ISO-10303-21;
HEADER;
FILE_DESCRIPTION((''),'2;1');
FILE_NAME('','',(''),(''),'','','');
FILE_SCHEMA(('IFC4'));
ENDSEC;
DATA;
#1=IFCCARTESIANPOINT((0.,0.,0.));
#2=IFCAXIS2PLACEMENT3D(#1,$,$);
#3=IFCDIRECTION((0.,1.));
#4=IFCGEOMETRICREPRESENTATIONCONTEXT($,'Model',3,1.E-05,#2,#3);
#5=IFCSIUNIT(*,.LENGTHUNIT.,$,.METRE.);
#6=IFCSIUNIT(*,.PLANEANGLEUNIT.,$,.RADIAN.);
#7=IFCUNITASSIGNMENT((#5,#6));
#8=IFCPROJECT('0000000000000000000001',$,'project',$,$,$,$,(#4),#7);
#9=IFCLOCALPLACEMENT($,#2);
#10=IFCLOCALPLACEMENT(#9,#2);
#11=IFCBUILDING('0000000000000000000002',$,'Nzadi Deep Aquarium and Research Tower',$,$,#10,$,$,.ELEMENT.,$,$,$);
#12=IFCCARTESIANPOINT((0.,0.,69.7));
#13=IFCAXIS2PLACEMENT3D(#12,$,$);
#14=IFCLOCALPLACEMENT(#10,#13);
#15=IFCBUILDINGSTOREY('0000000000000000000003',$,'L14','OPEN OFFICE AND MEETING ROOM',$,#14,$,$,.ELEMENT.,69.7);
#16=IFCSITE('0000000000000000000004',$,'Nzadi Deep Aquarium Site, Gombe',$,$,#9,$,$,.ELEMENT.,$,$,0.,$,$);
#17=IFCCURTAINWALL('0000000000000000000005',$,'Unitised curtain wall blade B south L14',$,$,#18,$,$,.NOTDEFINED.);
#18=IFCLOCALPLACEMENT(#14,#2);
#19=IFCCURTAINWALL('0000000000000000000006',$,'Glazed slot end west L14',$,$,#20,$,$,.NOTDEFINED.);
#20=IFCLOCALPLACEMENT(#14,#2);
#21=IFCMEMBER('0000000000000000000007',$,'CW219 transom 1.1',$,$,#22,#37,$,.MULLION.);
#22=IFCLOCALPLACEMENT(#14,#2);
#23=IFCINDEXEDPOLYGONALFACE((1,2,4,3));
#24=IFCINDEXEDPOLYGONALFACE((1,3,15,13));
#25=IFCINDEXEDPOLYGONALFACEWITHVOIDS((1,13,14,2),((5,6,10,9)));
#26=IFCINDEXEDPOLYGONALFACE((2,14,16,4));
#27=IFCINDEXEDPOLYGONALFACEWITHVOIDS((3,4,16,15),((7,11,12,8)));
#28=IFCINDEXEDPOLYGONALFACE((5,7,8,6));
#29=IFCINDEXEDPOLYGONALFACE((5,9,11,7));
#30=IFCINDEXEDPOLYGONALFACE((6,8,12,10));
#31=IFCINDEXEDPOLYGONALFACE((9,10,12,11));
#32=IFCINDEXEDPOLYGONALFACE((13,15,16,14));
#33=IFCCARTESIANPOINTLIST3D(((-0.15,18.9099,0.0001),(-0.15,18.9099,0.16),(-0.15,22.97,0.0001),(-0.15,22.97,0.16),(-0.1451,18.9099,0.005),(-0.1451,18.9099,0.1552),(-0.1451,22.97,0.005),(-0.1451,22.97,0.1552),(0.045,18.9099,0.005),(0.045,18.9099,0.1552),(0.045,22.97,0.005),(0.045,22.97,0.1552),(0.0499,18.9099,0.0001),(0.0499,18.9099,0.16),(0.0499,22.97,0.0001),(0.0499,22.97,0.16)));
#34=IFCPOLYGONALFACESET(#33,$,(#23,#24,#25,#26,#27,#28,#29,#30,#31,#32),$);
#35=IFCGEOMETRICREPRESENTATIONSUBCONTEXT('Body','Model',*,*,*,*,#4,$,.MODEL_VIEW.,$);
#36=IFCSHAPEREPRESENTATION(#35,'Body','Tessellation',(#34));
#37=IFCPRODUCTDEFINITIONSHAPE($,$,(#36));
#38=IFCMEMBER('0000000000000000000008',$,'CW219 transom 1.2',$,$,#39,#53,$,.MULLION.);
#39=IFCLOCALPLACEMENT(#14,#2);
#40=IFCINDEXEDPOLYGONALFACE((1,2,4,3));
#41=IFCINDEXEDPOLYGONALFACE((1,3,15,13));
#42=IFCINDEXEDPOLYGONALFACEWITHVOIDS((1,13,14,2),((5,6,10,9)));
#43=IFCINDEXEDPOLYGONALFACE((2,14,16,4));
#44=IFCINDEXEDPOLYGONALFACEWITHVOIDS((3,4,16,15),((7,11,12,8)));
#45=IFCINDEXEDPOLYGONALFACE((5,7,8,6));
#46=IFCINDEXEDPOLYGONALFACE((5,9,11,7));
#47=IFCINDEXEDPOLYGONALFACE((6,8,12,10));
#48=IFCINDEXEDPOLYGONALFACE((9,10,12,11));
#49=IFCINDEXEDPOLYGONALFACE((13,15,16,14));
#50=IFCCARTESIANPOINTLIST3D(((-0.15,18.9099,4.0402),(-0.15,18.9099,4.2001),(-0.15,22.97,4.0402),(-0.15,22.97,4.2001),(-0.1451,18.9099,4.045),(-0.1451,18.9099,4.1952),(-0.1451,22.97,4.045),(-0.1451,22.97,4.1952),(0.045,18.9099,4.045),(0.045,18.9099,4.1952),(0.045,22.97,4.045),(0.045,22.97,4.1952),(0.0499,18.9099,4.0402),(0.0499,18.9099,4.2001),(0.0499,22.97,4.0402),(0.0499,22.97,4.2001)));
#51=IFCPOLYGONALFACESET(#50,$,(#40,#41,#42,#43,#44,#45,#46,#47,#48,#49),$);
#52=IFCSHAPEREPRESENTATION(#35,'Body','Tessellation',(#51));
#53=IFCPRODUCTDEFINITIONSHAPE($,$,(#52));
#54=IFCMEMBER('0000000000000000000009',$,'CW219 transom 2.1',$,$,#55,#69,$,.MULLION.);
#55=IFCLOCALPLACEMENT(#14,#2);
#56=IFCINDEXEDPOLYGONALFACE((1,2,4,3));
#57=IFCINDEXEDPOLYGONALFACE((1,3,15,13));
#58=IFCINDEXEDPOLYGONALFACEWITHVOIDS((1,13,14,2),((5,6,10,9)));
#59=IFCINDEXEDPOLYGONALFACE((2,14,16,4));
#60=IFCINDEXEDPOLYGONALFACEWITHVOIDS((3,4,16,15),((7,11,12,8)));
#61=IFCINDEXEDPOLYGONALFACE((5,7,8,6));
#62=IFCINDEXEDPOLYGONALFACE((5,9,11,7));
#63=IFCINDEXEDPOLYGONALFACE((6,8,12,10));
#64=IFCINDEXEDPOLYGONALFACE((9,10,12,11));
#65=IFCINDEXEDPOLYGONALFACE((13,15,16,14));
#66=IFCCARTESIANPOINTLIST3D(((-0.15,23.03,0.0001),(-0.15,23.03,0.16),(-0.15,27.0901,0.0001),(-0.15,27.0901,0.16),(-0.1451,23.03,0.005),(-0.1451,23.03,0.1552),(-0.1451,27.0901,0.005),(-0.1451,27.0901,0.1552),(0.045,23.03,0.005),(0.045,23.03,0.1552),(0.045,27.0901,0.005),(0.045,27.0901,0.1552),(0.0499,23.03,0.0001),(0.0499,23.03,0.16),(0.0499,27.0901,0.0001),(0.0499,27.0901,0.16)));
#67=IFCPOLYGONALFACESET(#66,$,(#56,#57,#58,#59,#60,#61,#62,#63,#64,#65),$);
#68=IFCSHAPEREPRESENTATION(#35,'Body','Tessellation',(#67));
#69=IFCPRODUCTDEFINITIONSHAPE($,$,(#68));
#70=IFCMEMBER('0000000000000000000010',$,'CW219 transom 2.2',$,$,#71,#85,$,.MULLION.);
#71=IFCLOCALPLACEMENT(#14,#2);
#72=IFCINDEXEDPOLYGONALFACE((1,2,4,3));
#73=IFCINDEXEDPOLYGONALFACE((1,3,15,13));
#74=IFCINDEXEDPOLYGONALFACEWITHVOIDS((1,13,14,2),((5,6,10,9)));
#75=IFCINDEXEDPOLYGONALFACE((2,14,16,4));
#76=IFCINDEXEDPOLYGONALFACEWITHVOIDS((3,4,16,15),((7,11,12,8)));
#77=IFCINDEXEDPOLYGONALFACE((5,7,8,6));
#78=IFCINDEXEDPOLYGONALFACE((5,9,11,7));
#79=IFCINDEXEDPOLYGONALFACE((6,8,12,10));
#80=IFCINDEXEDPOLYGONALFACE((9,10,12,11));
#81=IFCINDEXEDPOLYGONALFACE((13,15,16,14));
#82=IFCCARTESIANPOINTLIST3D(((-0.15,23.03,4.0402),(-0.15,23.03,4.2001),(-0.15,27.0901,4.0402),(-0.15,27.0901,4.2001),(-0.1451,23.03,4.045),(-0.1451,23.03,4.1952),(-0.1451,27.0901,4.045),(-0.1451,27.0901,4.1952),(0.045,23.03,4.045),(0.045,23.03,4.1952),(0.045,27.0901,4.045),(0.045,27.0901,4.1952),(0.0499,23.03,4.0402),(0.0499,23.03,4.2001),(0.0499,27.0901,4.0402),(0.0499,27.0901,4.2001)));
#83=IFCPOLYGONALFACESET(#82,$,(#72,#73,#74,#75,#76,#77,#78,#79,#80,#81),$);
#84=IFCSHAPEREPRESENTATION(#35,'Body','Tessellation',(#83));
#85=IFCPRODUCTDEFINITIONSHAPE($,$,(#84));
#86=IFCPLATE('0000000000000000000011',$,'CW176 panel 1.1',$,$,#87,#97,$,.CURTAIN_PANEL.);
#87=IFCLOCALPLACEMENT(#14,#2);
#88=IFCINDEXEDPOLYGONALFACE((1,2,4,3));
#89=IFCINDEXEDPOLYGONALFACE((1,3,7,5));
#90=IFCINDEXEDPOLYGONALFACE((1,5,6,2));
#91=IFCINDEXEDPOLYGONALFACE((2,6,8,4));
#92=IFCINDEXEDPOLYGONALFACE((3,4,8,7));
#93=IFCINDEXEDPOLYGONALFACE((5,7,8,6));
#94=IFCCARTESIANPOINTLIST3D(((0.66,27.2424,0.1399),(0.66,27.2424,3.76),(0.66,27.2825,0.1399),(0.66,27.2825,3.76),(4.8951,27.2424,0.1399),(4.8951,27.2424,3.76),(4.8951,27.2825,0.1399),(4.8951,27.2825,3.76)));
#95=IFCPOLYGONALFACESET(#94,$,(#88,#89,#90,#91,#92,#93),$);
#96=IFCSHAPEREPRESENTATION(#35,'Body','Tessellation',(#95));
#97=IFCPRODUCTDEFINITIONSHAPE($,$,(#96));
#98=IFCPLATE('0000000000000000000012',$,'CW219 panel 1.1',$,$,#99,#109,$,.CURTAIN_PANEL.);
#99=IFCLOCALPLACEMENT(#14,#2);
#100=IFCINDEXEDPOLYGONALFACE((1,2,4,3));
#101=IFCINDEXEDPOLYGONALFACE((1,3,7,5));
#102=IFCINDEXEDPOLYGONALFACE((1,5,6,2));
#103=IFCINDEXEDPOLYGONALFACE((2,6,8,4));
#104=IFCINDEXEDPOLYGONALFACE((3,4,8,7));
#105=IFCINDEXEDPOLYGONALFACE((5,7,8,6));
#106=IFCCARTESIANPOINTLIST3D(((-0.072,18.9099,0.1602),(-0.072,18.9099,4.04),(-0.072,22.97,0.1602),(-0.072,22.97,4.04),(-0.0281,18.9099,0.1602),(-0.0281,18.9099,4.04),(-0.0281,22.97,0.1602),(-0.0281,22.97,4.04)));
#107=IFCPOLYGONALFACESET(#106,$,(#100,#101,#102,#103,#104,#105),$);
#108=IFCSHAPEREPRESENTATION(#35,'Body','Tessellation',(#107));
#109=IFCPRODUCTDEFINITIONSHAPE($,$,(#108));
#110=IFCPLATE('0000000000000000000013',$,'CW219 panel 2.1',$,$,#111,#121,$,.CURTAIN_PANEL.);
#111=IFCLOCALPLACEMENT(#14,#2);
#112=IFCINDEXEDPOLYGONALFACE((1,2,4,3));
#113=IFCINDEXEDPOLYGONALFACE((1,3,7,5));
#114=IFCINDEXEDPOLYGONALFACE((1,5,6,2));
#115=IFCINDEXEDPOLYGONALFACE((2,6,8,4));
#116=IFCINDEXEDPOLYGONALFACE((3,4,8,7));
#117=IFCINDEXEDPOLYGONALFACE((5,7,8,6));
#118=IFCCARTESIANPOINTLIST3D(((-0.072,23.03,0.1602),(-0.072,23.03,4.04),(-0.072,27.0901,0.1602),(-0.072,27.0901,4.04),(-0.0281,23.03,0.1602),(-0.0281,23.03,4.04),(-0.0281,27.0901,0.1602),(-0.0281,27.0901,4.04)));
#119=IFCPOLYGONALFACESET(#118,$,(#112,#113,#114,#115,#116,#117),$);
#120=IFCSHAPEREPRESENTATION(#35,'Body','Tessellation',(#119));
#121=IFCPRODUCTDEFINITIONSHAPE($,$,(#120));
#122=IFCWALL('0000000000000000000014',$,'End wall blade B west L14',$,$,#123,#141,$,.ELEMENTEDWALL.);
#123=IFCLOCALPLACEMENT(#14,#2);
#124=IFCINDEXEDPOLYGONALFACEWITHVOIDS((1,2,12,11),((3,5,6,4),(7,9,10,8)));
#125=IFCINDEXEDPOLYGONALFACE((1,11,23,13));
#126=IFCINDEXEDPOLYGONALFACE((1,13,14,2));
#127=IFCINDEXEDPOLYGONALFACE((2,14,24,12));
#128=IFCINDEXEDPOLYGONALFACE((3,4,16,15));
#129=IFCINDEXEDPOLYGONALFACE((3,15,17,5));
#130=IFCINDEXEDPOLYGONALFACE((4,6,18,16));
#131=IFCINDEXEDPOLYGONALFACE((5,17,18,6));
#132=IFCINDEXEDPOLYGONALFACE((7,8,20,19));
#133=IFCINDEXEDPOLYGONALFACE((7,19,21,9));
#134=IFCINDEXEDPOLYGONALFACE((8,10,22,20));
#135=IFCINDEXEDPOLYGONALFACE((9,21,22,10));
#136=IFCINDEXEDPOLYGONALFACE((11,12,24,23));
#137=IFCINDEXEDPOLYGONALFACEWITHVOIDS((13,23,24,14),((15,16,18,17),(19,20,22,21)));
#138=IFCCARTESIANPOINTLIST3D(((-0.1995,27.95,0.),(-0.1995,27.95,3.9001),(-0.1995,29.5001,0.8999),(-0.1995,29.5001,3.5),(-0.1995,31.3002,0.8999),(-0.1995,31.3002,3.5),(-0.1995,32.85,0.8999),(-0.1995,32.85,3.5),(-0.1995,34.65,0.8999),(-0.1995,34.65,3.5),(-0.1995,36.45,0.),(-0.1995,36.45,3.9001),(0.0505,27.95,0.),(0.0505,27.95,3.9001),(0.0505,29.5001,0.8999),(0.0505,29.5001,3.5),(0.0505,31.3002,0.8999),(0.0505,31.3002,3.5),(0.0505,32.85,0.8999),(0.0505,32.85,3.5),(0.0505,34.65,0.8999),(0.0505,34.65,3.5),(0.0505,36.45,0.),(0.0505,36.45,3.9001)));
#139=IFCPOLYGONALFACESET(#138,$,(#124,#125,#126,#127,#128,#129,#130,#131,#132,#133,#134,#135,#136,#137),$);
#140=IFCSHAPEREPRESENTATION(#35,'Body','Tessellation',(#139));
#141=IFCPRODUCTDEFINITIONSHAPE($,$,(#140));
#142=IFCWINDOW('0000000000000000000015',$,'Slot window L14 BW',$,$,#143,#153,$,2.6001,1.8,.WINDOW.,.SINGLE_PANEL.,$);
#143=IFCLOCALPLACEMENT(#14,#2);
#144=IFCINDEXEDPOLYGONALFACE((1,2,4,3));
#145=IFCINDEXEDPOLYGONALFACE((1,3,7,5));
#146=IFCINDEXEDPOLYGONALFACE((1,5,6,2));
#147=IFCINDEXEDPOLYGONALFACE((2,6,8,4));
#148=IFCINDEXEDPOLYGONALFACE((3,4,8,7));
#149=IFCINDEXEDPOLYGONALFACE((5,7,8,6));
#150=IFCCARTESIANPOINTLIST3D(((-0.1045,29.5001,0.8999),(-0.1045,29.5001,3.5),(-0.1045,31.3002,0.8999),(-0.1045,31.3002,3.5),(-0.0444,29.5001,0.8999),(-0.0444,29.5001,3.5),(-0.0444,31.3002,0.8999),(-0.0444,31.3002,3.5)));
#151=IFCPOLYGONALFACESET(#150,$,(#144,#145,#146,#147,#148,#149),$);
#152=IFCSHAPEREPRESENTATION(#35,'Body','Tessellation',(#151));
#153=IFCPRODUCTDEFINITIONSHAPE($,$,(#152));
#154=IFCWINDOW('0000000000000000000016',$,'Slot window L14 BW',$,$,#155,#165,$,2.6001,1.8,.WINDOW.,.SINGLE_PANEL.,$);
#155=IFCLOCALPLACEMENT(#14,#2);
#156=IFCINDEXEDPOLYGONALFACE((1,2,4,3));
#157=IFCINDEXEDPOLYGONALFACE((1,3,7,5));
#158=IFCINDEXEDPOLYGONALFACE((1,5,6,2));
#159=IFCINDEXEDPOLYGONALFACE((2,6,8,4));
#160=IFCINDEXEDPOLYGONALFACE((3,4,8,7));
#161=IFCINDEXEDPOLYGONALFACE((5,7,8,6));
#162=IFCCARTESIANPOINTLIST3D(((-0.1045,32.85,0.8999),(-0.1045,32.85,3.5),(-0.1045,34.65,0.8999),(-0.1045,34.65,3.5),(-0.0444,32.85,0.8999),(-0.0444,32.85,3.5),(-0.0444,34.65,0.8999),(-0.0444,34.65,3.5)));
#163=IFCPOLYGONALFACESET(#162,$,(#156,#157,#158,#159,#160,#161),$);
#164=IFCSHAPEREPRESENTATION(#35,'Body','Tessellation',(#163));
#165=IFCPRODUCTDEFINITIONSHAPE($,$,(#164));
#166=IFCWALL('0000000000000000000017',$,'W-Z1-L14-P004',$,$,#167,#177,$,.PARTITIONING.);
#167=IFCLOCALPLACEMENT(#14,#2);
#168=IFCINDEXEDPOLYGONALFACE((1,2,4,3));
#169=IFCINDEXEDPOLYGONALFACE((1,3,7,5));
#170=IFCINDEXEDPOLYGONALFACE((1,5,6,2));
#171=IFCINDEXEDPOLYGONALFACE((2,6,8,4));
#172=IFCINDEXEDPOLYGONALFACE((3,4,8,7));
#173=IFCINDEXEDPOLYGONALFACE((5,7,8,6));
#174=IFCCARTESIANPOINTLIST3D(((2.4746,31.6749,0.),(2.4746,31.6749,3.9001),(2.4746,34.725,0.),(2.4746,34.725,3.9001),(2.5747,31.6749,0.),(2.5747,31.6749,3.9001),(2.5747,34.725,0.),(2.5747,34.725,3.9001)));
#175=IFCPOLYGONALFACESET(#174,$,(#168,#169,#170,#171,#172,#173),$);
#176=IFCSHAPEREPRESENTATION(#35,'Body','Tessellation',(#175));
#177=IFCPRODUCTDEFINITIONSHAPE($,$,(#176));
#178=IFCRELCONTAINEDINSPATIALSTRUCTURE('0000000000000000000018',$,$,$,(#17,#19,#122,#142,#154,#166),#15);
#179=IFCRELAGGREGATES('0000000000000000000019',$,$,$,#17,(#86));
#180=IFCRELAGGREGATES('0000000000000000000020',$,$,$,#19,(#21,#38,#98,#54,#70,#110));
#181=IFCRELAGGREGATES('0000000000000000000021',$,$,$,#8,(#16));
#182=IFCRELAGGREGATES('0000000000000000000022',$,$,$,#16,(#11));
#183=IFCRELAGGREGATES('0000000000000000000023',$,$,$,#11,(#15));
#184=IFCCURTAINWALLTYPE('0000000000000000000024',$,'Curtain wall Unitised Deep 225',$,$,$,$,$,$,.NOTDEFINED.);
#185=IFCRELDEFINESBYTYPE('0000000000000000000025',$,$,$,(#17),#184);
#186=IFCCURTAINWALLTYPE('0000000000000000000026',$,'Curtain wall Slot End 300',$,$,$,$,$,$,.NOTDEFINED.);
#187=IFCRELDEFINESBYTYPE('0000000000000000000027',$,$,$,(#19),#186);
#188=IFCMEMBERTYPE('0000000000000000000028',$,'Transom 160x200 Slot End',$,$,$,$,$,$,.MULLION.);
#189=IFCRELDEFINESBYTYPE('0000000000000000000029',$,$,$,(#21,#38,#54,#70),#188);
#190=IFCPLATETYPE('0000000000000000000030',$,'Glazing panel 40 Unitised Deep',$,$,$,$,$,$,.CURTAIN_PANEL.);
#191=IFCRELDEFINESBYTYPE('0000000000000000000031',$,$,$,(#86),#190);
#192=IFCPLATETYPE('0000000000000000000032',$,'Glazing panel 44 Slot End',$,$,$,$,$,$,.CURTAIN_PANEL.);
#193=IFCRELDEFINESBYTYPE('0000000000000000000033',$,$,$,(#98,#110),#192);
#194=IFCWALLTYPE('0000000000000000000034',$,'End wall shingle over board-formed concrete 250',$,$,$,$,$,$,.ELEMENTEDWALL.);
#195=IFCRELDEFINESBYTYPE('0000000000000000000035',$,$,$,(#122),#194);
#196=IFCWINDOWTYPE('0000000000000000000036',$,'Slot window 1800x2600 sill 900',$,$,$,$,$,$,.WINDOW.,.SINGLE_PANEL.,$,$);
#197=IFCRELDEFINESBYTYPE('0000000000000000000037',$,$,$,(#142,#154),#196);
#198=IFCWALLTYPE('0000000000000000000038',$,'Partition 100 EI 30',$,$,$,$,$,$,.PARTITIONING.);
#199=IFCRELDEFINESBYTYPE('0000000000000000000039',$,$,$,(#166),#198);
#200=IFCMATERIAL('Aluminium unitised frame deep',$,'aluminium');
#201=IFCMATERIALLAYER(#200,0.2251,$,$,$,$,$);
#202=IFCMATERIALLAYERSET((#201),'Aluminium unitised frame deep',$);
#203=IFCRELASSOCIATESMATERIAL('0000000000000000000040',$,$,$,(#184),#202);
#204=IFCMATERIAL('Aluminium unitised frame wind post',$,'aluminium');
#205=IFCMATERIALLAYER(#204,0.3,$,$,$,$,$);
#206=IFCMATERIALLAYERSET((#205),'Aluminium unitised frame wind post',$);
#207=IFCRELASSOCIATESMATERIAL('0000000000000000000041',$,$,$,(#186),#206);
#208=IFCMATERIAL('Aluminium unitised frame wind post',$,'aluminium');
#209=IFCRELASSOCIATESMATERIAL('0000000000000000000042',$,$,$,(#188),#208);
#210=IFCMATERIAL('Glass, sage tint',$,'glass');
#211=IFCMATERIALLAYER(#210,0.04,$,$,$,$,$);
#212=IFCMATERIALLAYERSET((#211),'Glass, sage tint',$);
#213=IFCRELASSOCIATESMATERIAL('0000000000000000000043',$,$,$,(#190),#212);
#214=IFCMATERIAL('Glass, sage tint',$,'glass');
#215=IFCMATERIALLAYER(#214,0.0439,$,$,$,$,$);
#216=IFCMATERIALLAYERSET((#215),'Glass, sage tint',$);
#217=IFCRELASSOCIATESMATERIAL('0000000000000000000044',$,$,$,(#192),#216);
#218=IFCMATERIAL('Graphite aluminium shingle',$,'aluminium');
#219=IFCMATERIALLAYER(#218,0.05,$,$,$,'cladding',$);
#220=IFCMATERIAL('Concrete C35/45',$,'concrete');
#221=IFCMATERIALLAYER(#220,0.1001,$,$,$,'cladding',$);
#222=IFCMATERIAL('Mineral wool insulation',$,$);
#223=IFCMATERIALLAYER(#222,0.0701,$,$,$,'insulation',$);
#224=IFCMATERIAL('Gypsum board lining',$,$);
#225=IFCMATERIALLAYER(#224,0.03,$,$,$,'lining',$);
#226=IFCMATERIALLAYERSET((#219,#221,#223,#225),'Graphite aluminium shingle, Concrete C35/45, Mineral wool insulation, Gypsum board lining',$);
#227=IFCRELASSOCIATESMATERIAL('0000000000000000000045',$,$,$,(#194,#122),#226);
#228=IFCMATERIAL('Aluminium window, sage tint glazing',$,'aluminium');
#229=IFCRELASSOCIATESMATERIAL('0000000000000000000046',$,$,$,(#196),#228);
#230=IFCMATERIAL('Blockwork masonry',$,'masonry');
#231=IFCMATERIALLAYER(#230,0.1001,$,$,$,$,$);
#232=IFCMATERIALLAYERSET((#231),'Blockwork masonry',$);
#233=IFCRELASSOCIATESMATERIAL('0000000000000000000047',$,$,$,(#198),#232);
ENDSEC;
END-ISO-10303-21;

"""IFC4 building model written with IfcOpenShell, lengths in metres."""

from ifc_helpers import new_model, si_unit, direction, frame, frame_2d, origin, origin_2d, place, context, subcontext, project, spatial, rectangle, hollow_rectangle, extrude, material, layer, layer_set, layer_usage, material_profile, profile_set, type_object, element, fill, aggregate, save


model = new_model("IFC4")

# Units and contexts
model_context = context("Model", 3, precision=1e-05, world=origin(), true_north=direction((0.0, 1.0)))
body_context = subcontext(model_context, "Body", "Model", "MODEL_VIEW")
ifc_project = project(units=[si_unit("LENGTHUNIT", "METRE"), si_unit("PLANEANGLEUNIT", "RADIAN")], contexts=[model_context])

# Site, building, storey
site_placement = place(None, origin())
site = spatial("IfcSite", under=ifc_project, at=site_placement, Name="Nzadi Deep Aquarium Site, Gombe", CompositionType="ELEMENT", RefElevation=0.0)
building_placement = place(site_placement, origin())
building = spatial("IfcBuilding", under=site, at=building_placement, Name="Nzadi Deep Aquarium and Research Tower", CompositionType="ELEMENT")
storey_placement = place(building_placement, frame((0.0, 0.0, 69.7)))
storey = spatial("IfcBuildingStorey", under=building, at=storey_placement, Name="L14", Description="OPEN OFFICE AND MEETING ROOM", CompositionType="ELEMENT", Elevation=69.7)

# Curtain walls
ifc_material_1 = material(Name="Aluminium unitised frame deep", Category="aluminium")
ifc_layer_1 = layer(ifc_material_1, 0.2251)
ifc_layer_set_1 = layer_set([ifc_layer_1], Name="Aluminium unitised frame deep")
curtain_wall_type_1 = type_object("IfcCurtainWallType", Name="Curtain wall Unitised Deep 225", PredefinedType="NOTDEFINED", material=ifc_layer_set_1)
curtain_wall_1_placement = place(storey_placement, origin())
curtain_wall_1 = element("IfcCurtainWall", 1, at=curtain_wall_1_placement, inside=storey, type_object=curtain_wall_type_1, Name="Unitised curtain wall blade B south L14", PredefinedType="NOTDEFINED")
ifc_material_2 = material(Name="Aluminium unitised frame wind post", Category="aluminium")
ifc_layer_2 = layer(ifc_material_2, 0.3)
ifc_layer_set_2 = layer_set([ifc_layer_2], Name="Aluminium unitised frame wind post")
curtain_wall_type_2 = type_object("IfcCurtainWallType", Name="Curtain wall Slot End 300", PredefinedType="NOTDEFINED", material=ifc_layer_set_2)
curtain_wall_2_placement = place(storey_placement, origin())
curtain_wall_2 = element("IfcCurtainWall", 2, at=curtain_wall_2_placement, inside=storey, type_object=curtain_wall_type_2, Name="Glazed slot end west L14", PredefinedType="NOTDEFINED")

# Members
ifc_material_3 = material(Name="Aluminium unitised frame wind post", Category="aluminium")
ifc_material_profile_1 = material_profile(ifc_material_3, hollow_rectangle(XDim=0.2, YDim=0.1599, WallThickness=0.0049, at=origin_2d()))
ifc_profile_set_1 = profile_set([ifc_material_profile_1], Name="Aluminium unitised frame wind post")
member_type_1 = type_object("IfcMemberType", Name="Transom 160x200 Slot End", PredefinedType="MULLION", material=ifc_profile_set_1)
member_1_placement = place(storey_placement, frame((-0.05, 18.9099, 0.0801), z_axis=(0.0, 1.0, 0.0), x_axis=(-1.0, 0.0, 0.0)))
member_1 = element("IfcMember", 3, at=member_1_placement, type_object=member_type_1, Name="CW219 transom 1.1", PredefinedType="MULLION", context=body_context, shape_type="SweptSolid", body=[
    extrude(hollow_rectangle(XDim=0.2, YDim=0.1599, WallThickness=0.0049, at=origin_2d()), origin(), (0.0, 0.0, 1.0), 4.0601),
])
member_2_placement = place(storey_placement, frame((-0.05, 18.9099, 4.1201), z_axis=(0.0, 1.0, 0.0), x_axis=(-1.0, 0.0, 0.0)))
member_2 = element("IfcMember", 4, at=member_2_placement, type_object=member_type_1, Name="CW219 transom 1.2", PredefinedType="MULLION", context=body_context, shape_type="SweptSolid", body=[
    extrude(hollow_rectangle(XDim=0.2, YDim=0.1599, WallThickness=0.0049, at=origin_2d()), origin(), (0.0, 0.0, 1.0), 4.0601),
])
member_3_placement = place(storey_placement, frame((-0.05, 23.03, 0.0801), z_axis=(0.0, 1.0, 0.0), x_axis=(-1.0, 0.0, 0.0)))
member_3 = element("IfcMember", 5, at=member_3_placement, type_object=member_type_1, Name="CW219 transom 2.1", PredefinedType="MULLION", context=body_context, shape_type="SweptSolid", body=[
    extrude(hollow_rectangle(XDim=0.2, YDim=0.1599, WallThickness=0.0049, at=origin_2d()), origin(), (0.0, 0.0, 1.0), 4.0601),
])
member_4_placement = place(storey_placement, frame((-0.05, 23.03, 4.1201), z_axis=(0.0, 1.0, 0.0), x_axis=(-1.0, 0.0, 0.0)))
member_4 = element("IfcMember", 6, at=member_4_placement, type_object=member_type_1, Name="CW219 transom 2.2", PredefinedType="MULLION", context=body_context, shape_type="SweptSolid", body=[
    extrude(hollow_rectangle(XDim=0.2, YDim=0.1599, WallThickness=0.0049, at=origin_2d()), origin(), (0.0, 0.0, 1.0), 4.0601),
])

# Plates
ifc_material_4 = material(Name="Glass, sage tint", Category="glass")
ifc_layer_3 = layer(ifc_material_4, 0.04)
ifc_layer_set_3 = layer_set([ifc_layer_3], Name="Glass, sage tint")
plate_type_1 = type_object("IfcPlateType", Name="Glazing panel 40 Unitised Deep", PredefinedType="CURTAIN_PANEL", material=ifc_layer_set_3)
plate_1_placement = place(storey_placement, frame((2.7776, 27.2625, 0.1399), z_axis=(0.0, 0.0, 1.0), x_axis=(1.0, 0.0, 0.0)))
plate_1 = element("IfcPlate", 7, at=plate_1_placement, type_object=plate_type_1, Name="CW176 panel 1.1", PredefinedType="CURTAIN_PANEL", context=body_context, shape_type="SweptSolid", body=[
    extrude(rectangle(XDim=4.2351, YDim=0.04, at=origin_2d()), origin(), (0.0, 0.0, 1.0), 3.6201),
])
aggregate(curtain_wall_1, [plate_1])
ifc_material_5 = material(Name="Glass, sage tint", Category="glass")
ifc_layer_4 = layer(ifc_material_5, 0.0439)
ifc_layer_set_4 = layer_set([ifc_layer_4], Name="Glass, sage tint")
plate_type_2 = type_object("IfcPlateType", Name="Glazing panel 44 Slot End", PredefinedType="CURTAIN_PANEL", material=ifc_layer_set_4)
plate_2_placement = place(storey_placement, frame((-0.05, 20.9399, 0.1602), z_axis=(0.0, 0.0, 1.0), x_axis=(0.0, 1.0, 0.0)))
plate_2 = element("IfcPlate", 8, at=plate_2_placement, type_object=plate_type_2, Name="CW219 panel 1.1", PredefinedType="CURTAIN_PANEL", context=body_context, shape_type="SweptSolid", body=[
    extrude(rectangle(XDim=4.0601, YDim=0.0439, at=origin_2d()), origin(), (0.0, 0.0, 1.0), 3.8799),
])
plate_3_placement = place(storey_placement, frame((-0.05, 25.0601, 0.1602), z_axis=(0.0, 0.0, 1.0), x_axis=(0.0, 1.0, 0.0)))
plate_3 = element("IfcPlate", 9, at=plate_3_placement, type_object=plate_type_2, Name="CW219 panel 2.1", PredefinedType="CURTAIN_PANEL", context=body_context, shape_type="SweptSolid", body=[
    extrude(rectangle(XDim=4.0601, YDim=0.0439, at=origin_2d()), origin(), (0.0, 0.0, 1.0), 3.8799),
])
aggregate(curtain_wall_2, [member_1, member_2, plate_2, member_3, member_4, plate_3])

# Wall, openings, windows
ifc_material_6 = material(Name="Graphite aluminium shingle", Category="aluminium")
ifc_layer_5 = layer(ifc_material_6, 0.05, Category="cladding")
ifc_material_7 = material(Name="Concrete C35/45", Category="concrete")
ifc_layer_6 = layer(ifc_material_7, 0.1001, Category="cladding")
ifc_material_8 = material(Name="Mineral wool insulation")
ifc_layer_7 = layer(ifc_material_8, 0.0701, Category="insulation")
ifc_material_9 = material(Name="Gypsum board lining")
ifc_layer_8 = layer(ifc_material_9, 0.03, Category="lining")
ifc_layer_set_5 = layer_set([ifc_layer_5, ifc_layer_6, ifc_layer_7, ifc_layer_8], Name="Graphite aluminium shingle, Concrete C35/45, Mineral wool insulation, Gypsum board lining")
ifc_layer_usage = layer_usage(ifc_layer_set_5, "AXIS2", "POSITIVE", -0.125)
wall_type_1 = type_object("IfcWallType", Name="End wall shingle over board-formed concrete 250", PredefinedType="ELEMENTEDWALL", material=ifc_layer_set_5)
wall_1_placement = place(storey_placement, frame((-0.0745, 36.45, 0.0), z_axis=(0.0, 0.0, 1.0), x_axis=(0.0, -1.0, 0.0)))
wall_1 = element("IfcWall", 10, at=wall_1_placement, inside=storey, type_object=wall_type_1, material=ifc_layer_usage, Name="End wall blade B west L14", PredefinedType="ELEMENTEDWALL", context=body_context, shape_type="SweptSolid", body=[
    extrude(rectangle(XDim=8.5, YDim=0.25, at=frame_2d((4.25, 0.0))), origin(), (0.0, 0.0, 1.0), 3.9001),
])
opening_1_placement = place(wall_1_placement, frame((5.1499, 0.0, 0.8999)))
opening_1 = element("IfcOpeningElement", 11, at=opening_1_placement, cuts=wall_1, PredefinedType="OPENING", context=body_context, shape_type="SweptSolid", body=[
    extrude(rectangle(XDim=1.8, YDim=2.6001, at=frame_2d((0.8999, 1.3))), frame((0.0, 0.135, 0.0), z_axis=(0.0, -1.0, 0.0), x_axis=(1.0, 0.0, 0.0)), (0.0, 0.0, 1.0), 0.27),
])
opening_2_placement = place(wall_1_placement, frame((1.8, 0.0, 0.8999)))
opening_2 = element("IfcOpeningElement", 12, at=opening_2_placement, cuts=wall_1, PredefinedType="OPENING", context=body_context, shape_type="SweptSolid", body=[
    extrude(rectangle(XDim=1.8, YDim=2.6001, at=frame_2d((0.8999, 1.3))), frame((0.0, 0.135, 0.0), z_axis=(0.0, -1.0, 0.0), x_axis=(1.0, 0.0, 0.0)), (0.0, 0.0, 1.0), 0.27),
])
ifc_material_10 = material(Name="Aluminium window, sage tint glazing", Category="aluminium")
window_type = type_object("IfcWindowType", Name="Slot window 1800x2600 sill 900", PartitioningType="SINGLE_PANEL", PredefinedType="WINDOW", material=ifc_material_10)
window_1_placement = place(opening_1_placement, origin())
window_1 = element("IfcWindow", 13, at=window_1_placement, inside=storey, type_object=window_type, Name="Slot window L14 BW", OverallHeight=2.6001, OverallWidth=1.8, PartitioningType="SINGLE_PANEL", PredefinedType="WINDOW", context=body_context, shape_type="SweptSolid", body=[
    extrude(rectangle(XDim=1.8, YDim=2.6001, at=frame_2d((0.8999, 1.3))), frame((0.0, 0.03, 0.0), z_axis=(0.0, -1.0, 0.0), x_axis=(1.0, 0.0, 0.0)), (0.0, 0.0, 1.0), 0.0601),
])
fill(opening_1, window_1)
window_2_placement = place(opening_2_placement, origin())
window_2 = element("IfcWindow", 14, at=window_2_placement, inside=storey, type_object=window_type, Name="Slot window L14 BW", OverallHeight=2.6001, OverallWidth=1.8, PartitioningType="SINGLE_PANEL", PredefinedType="WINDOW", context=body_context, shape_type="SweptSolid", body=[
    extrude(rectangle(XDim=1.8, YDim=2.6001, at=frame_2d((0.8999, 1.3))), frame((0.0, 0.03, 0.0), z_axis=(0.0, -1.0, 0.0), x_axis=(1.0, 0.0, 0.0)), (0.0, 0.0, 1.0), 0.0601),
])
fill(opening_2, window_2)

# Wall
ifc_material_11 = material(Name="Blockwork masonry", Category="masonry")
ifc_layer_9 = layer(ifc_material_11, 0.1001)
ifc_layer_set_6 = layer_set([ifc_layer_9], Name="Blockwork masonry")
wall_type_2 = type_object("IfcWallType", Name="Partition 100 EI 30", PredefinedType="PARTITIONING", material=ifc_layer_set_6)
for number, where, z_axis, x_axis, name in (
    (15, (2.5247, 31.675, 0.0), (0.0, 0.0, 1.0), (0.0, 1.0, 0.0), "W-Z1-L14-P004"),
):
    element("IfcWall", number, at=place(storey_placement, frame(where, z_axis=z_axis, x_axis=x_axis)), inside=storey, type_object=wall_type_2, Name=name, PredefinedType="PARTITIONING", context=body_context, shape_type="SweptSolid", body=[
        extrude(rectangle(XDim=3.05, YDim=0.1001, at=frame_2d((1.5249, 0.0))), origin(), (0.0, 0.0, 1.0), 3.9001),
    ])

save(model, "model.ifc")
